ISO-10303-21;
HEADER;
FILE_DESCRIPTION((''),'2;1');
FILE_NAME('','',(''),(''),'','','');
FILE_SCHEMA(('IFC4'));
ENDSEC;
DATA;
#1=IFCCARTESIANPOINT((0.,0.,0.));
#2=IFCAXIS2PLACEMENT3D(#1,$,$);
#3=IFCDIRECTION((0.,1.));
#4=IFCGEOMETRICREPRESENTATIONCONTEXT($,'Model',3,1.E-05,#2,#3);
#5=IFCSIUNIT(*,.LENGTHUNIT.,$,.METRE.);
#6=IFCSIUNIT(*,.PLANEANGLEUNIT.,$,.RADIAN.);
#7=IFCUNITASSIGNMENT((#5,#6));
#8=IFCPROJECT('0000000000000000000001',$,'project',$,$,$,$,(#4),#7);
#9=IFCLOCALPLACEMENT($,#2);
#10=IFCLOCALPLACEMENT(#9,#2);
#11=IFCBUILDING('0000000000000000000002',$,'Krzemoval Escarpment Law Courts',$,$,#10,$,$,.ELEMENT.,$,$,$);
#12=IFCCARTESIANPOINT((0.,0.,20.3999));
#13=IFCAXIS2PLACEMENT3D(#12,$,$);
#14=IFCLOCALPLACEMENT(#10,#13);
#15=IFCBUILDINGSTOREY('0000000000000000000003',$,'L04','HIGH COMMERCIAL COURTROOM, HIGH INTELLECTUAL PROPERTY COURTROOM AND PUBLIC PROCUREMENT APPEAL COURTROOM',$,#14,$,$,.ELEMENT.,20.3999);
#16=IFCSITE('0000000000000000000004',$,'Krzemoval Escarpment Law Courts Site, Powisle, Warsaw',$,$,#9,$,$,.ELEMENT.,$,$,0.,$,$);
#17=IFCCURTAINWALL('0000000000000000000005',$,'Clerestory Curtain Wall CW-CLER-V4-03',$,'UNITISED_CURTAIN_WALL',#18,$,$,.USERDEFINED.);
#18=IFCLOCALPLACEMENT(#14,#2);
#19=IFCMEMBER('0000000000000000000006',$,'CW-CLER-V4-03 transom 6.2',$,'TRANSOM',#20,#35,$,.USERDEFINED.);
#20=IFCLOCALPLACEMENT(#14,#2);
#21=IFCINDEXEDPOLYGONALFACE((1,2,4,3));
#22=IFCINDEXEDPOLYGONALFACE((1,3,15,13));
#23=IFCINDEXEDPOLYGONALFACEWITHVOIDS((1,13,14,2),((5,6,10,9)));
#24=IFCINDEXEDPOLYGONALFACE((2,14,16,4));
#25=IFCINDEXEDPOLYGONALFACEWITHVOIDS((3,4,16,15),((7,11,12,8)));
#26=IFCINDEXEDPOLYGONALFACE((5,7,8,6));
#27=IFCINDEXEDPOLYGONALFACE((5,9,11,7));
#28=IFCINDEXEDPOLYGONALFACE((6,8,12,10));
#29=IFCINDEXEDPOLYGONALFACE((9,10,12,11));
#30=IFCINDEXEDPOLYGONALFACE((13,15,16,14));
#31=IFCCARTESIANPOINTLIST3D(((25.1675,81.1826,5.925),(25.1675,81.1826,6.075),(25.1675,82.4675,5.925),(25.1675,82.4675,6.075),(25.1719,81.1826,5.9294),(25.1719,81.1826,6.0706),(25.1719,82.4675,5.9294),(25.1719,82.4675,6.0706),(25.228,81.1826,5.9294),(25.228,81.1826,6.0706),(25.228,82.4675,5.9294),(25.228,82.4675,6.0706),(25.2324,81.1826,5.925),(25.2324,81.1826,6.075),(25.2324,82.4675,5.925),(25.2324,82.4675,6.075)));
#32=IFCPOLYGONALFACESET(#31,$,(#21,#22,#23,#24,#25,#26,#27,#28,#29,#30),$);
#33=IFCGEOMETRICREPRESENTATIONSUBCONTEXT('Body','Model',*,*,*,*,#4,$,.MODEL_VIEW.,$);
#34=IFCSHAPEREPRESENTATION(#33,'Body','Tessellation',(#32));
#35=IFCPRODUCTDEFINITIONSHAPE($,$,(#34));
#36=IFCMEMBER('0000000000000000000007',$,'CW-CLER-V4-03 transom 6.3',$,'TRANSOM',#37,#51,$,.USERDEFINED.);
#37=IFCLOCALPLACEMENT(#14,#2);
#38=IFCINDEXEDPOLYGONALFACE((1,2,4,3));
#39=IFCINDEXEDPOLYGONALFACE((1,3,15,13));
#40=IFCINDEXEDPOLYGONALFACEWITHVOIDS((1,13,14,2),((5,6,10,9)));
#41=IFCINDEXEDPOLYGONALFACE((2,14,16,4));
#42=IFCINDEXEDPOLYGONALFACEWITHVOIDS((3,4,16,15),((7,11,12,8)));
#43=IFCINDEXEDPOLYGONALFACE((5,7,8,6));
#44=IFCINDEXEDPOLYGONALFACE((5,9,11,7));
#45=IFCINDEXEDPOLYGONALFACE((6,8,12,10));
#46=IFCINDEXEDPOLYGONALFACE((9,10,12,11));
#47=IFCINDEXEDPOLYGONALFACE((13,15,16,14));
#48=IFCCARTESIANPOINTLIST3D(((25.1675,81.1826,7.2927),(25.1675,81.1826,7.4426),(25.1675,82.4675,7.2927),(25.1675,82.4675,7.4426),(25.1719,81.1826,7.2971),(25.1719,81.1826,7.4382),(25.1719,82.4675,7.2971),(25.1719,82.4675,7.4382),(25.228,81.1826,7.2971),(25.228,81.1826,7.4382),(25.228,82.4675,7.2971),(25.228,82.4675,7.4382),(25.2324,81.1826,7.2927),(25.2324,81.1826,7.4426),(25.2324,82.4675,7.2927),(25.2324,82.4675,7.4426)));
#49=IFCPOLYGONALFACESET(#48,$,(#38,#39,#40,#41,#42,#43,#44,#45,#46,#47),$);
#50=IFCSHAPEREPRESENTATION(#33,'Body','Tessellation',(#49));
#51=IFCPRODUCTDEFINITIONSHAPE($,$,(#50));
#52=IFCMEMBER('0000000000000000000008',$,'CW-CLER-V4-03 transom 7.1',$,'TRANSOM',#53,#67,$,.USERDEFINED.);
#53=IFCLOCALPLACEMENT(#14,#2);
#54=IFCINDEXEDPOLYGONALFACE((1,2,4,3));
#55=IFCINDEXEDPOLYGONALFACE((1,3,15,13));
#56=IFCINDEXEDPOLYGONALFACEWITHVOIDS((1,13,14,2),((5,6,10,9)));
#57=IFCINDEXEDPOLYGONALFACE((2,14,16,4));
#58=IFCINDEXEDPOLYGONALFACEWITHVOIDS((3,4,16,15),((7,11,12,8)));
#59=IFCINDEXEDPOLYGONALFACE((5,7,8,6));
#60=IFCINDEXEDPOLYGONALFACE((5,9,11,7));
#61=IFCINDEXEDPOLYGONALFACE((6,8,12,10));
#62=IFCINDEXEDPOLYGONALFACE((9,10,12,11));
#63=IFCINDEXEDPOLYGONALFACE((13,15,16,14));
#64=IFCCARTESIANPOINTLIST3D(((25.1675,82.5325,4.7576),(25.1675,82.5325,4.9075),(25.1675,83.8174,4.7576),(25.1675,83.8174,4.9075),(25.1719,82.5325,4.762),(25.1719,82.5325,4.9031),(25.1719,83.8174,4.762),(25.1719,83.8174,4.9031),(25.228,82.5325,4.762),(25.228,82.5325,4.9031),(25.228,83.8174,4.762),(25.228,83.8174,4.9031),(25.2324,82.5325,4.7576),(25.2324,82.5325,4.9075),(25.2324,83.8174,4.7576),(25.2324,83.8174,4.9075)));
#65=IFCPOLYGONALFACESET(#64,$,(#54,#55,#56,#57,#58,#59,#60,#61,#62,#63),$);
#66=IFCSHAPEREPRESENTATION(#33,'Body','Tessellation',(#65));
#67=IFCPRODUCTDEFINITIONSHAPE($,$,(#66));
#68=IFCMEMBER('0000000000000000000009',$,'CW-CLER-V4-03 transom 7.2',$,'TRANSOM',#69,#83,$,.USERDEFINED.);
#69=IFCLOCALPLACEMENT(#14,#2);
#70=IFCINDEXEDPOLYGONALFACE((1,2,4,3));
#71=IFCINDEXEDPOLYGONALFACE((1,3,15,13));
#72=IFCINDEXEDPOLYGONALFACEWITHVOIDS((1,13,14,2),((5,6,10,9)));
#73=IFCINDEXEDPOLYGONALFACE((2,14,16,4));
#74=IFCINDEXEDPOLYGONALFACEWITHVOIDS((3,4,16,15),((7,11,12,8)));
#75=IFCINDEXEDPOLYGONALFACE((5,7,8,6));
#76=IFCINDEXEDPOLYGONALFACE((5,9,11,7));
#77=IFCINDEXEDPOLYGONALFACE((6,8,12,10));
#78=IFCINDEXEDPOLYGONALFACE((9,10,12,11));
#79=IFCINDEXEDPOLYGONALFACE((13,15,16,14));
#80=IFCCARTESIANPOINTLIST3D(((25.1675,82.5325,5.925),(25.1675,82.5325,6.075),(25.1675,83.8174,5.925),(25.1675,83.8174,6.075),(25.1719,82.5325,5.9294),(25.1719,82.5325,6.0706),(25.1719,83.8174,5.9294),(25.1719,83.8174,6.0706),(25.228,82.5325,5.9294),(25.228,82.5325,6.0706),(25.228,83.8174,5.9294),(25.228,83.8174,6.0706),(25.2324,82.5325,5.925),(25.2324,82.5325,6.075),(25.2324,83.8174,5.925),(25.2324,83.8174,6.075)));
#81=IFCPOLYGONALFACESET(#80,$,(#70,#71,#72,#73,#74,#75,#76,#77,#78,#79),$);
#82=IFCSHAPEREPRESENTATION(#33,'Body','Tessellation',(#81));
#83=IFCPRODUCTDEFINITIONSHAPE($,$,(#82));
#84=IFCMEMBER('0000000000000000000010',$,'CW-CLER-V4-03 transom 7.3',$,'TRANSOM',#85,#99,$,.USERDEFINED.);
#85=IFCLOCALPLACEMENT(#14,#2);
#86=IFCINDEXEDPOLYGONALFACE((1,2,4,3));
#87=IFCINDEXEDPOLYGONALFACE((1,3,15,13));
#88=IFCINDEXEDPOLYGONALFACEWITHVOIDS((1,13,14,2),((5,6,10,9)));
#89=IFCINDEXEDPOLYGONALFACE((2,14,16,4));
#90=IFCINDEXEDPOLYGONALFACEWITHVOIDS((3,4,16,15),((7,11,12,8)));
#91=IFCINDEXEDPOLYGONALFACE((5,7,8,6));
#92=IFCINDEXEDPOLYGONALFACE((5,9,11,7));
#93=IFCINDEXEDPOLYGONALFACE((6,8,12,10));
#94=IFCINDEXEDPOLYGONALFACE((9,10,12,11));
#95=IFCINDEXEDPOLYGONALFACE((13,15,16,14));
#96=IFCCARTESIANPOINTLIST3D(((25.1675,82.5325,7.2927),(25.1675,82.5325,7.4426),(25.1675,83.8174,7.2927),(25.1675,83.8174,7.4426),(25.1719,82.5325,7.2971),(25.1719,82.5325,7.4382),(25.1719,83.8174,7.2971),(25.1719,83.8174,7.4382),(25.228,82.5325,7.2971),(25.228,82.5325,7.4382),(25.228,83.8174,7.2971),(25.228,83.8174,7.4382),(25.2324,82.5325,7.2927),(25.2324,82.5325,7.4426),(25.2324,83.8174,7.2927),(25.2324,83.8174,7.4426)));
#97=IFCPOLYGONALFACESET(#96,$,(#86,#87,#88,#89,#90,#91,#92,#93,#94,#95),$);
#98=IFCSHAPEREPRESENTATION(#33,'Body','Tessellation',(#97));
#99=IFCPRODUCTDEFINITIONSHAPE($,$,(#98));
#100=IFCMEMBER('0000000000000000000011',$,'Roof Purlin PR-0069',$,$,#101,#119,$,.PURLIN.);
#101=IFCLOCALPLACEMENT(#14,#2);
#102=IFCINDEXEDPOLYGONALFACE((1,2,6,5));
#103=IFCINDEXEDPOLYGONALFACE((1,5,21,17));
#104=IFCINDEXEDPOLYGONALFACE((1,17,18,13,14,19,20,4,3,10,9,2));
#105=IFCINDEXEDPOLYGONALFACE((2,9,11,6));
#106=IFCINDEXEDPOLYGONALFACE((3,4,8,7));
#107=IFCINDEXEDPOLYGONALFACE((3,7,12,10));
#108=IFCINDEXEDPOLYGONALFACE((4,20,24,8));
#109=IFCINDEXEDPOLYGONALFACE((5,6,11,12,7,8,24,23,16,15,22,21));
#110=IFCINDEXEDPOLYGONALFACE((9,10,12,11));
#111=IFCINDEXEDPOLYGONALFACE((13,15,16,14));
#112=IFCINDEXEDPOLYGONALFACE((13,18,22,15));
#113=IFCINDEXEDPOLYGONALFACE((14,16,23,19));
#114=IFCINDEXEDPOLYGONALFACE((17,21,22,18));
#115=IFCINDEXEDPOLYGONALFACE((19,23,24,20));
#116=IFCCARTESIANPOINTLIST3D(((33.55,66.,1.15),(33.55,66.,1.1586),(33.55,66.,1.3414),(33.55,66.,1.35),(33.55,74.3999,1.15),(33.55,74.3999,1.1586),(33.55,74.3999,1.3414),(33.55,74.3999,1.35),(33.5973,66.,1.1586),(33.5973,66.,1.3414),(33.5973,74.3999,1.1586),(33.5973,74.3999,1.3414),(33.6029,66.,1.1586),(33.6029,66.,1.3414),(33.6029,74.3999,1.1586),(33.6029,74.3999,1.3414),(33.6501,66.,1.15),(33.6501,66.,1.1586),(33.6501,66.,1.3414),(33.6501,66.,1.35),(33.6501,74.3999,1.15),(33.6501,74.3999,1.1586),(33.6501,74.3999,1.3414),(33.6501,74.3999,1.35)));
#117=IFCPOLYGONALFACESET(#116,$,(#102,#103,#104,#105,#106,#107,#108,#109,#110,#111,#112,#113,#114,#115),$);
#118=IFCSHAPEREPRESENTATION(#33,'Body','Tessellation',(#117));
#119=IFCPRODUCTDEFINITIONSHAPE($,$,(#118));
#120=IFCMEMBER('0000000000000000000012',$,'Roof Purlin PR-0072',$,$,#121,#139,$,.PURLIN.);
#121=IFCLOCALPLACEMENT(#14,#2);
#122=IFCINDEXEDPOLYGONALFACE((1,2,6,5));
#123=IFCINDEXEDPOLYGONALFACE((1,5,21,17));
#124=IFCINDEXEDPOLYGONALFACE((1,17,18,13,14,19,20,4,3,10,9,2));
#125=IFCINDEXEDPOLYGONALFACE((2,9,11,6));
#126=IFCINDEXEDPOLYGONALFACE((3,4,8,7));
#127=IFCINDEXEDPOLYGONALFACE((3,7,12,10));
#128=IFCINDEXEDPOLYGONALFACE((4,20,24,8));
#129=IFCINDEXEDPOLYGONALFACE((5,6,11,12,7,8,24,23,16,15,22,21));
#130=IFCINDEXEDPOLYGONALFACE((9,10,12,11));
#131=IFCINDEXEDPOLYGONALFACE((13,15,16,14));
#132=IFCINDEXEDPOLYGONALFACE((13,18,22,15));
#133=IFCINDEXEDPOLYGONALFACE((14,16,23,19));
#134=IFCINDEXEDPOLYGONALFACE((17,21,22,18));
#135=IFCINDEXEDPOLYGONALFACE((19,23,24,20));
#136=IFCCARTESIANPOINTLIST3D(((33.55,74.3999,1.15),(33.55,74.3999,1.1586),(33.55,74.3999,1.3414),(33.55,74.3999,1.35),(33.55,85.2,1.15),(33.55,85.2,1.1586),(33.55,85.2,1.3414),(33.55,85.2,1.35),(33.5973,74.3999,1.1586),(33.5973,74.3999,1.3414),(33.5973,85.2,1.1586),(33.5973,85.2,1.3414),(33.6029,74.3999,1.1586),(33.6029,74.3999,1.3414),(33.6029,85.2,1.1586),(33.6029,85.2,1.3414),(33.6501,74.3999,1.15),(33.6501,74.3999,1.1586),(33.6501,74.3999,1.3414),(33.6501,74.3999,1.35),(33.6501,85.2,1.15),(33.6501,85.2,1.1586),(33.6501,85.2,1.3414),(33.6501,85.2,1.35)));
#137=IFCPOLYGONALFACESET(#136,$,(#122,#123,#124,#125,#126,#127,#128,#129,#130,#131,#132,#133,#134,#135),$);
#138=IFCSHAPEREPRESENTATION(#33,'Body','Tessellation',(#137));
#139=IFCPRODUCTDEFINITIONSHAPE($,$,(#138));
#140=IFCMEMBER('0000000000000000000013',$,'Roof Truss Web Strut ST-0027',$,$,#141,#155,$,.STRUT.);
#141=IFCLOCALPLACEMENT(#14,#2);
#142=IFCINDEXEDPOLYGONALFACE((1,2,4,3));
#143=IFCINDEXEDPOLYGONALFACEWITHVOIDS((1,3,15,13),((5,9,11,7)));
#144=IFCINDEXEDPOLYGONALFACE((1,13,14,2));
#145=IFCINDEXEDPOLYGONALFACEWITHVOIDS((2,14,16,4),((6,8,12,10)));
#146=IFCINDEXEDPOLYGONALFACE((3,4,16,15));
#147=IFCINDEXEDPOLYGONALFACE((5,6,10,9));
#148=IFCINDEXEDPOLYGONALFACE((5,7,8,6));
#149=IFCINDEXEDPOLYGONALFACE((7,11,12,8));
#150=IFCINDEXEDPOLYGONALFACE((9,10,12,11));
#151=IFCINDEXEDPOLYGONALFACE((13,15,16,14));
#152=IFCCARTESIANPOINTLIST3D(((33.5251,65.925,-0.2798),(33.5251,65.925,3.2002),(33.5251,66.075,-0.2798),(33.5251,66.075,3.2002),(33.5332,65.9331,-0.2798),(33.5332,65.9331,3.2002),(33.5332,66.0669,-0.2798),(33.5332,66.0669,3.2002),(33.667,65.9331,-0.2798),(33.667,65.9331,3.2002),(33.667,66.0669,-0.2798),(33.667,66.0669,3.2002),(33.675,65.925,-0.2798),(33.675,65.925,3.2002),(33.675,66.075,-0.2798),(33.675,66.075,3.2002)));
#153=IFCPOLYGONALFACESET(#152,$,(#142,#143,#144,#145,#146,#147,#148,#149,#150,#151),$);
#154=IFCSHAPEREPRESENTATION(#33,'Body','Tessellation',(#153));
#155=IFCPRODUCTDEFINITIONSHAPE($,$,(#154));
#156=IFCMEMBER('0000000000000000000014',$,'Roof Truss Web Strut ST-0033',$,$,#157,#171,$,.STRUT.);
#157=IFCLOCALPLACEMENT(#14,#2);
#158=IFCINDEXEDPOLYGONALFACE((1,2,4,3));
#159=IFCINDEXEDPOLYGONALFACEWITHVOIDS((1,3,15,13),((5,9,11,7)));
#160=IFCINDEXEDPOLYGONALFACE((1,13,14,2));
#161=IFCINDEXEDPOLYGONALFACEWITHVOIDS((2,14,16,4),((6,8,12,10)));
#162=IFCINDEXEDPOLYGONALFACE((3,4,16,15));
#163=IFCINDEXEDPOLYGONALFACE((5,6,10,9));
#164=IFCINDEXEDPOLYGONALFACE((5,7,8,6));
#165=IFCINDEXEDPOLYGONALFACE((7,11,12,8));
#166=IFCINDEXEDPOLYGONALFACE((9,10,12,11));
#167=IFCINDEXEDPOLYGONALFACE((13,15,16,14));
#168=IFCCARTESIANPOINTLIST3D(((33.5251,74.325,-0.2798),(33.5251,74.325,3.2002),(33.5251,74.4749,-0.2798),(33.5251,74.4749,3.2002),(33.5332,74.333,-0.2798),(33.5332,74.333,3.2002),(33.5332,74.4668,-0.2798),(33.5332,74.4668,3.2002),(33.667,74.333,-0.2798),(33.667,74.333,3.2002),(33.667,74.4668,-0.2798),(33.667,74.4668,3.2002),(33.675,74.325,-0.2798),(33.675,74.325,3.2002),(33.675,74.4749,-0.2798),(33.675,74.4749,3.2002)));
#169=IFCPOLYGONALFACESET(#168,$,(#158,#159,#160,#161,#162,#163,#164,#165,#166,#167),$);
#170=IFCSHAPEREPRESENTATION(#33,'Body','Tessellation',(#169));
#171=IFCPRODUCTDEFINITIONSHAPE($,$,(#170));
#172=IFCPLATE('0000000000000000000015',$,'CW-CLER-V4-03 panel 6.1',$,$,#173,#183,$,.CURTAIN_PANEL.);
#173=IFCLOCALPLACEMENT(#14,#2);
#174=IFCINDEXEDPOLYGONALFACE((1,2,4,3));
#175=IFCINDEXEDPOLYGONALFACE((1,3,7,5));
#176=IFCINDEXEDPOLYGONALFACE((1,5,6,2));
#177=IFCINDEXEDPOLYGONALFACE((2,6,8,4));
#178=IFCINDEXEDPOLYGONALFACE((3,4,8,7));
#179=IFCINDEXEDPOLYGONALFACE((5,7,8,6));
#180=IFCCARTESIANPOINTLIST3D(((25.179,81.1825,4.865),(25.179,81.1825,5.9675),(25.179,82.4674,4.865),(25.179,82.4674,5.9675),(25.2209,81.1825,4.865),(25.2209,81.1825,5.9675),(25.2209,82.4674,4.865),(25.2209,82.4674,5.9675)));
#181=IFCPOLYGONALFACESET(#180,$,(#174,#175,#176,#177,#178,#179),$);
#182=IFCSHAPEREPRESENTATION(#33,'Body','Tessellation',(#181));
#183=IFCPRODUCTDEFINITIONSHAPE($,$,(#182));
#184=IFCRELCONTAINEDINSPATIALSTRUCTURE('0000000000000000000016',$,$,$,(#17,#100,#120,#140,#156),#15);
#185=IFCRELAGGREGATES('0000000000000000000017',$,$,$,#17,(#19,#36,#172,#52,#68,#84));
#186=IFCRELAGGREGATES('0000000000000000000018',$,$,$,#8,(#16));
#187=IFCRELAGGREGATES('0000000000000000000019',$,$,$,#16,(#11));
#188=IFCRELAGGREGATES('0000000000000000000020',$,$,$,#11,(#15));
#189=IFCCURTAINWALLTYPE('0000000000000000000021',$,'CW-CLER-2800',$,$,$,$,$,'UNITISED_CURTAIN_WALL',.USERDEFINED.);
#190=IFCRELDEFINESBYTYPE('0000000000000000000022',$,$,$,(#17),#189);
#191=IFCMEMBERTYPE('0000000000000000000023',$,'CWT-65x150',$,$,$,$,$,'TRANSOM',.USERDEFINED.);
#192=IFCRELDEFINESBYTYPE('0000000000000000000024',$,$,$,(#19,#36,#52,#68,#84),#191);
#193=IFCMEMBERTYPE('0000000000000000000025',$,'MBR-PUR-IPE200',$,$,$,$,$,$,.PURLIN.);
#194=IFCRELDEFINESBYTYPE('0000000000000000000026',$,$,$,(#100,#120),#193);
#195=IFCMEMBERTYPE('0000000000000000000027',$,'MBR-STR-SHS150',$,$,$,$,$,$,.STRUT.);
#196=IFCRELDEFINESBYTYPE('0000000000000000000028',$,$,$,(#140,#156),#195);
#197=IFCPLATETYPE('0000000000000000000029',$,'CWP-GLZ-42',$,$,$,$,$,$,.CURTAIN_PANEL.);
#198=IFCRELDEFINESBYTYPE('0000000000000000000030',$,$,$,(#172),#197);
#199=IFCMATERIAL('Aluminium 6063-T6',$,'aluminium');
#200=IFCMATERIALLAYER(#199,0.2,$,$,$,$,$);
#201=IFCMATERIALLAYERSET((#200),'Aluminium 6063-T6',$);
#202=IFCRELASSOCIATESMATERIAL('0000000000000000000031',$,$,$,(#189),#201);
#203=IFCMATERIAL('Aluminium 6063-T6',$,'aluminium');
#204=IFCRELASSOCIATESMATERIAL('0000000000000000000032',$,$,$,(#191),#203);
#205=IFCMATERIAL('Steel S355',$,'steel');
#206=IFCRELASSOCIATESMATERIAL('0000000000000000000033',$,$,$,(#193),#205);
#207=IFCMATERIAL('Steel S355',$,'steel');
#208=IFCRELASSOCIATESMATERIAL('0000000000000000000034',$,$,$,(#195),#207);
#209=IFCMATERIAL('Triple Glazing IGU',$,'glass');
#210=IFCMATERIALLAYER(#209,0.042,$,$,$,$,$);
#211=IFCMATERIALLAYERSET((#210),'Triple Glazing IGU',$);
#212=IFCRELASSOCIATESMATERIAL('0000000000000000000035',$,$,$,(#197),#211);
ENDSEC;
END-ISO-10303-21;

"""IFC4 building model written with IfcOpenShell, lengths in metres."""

from ifc_helpers import new_model, si_unit, direction, frame, origin, origin_2d, place, context, subcontext, project, spatial, rectangle, hollow_rectangle, i_section, extrude, material, layer, layer_set, material_profile, profile_set, type_object, element, aggregate, save


model = new_model("IFC4")

# Units and contexts
model_context = context("Model", 3, precision=1e-05, world=origin(), true_north=direction((0.0, 1.0)))
body_context = subcontext(model_context, "Body", "Model", "MODEL_VIEW")
ifc_project = project(units=[si_unit("LENGTHUNIT", "METRE"), si_unit("PLANEANGLEUNIT", "RADIAN")], contexts=[model_context])

# Site, building, storey
site_placement = place(None, origin())
site = spatial("IfcSite", under=ifc_project, at=site_placement, Name="Krzemoval Escarpment Law Courts Site, Powisle, Warsaw", CompositionType="ELEMENT", RefElevation=0.0)
building_placement = place(site_placement, origin())
building = spatial("IfcBuilding", under=site, at=building_placement, Name="Krzemoval Escarpment Law Courts", CompositionType="ELEMENT")
storey_placement = place(building_placement, frame((0.0, 0.0, 20.3999)))
storey = spatial("IfcBuildingStorey", under=building, at=storey_placement, Name="L04", Description="HIGH COMMERCIAL COURTROOM, HIGH INTELLECTUAL PROPERTY COURTROOM AND PUBLIC PROCUREMENT APPEAL COURTROOM", CompositionType="ELEMENT", Elevation=20.3999)

# Curtain wall, members
ifc_material_1 = material(Name="Aluminium 6063-T6", Category="aluminium")
ifc_layer_1 = layer(ifc_material_1, 0.2)
ifc_layer_set_1 = layer_set([ifc_layer_1], Name="Aluminium 6063-T6")
curtain_wall_type = type_object("IfcCurtainWallType", Name="CW-CLER-2800", ElementType="UNITISED_CURTAIN_WALL", PredefinedType="USERDEFINED", material=ifc_layer_set_1)
curtain_wall_placement = place(storey_placement, origin())
curtain_wall = element("IfcCurtainWall", 1, at=curtain_wall_placement, inside=storey, type_object=curtain_wall_type, Name="Clerestory Curtain Wall CW-CLER-V4-03", ObjectType="UNITISED_CURTAIN_WALL", PredefinedType="USERDEFINED")
ifc_material_2 = material(Name="Aluminium 6063-T6", Category="aluminium")
ifc_material_profile_1 = material_profile(ifc_material_2, hollow_rectangle(XDim=0.0649, YDim=0.1499, WallThickness=0.0044, at=origin_2d()), Name="ALU T65x150")
ifc_profile_set_1 = profile_set([ifc_material_profile_1], Name="Aluminium 6063-T6")
member_type_1 = type_object("IfcMemberType", Name="CWT-65x150", ElementType="TRANSOM", PredefinedType="USERDEFINED", material=ifc_profile_set_1)
member_1_placement = place(storey_placement, frame((25.2, 81.1826, 6.0), z_axis=(0.0, 1.0, 0.0), x_axis=(-1.0, 0.0, 0.0)))
member_1 = element("IfcMember", 2, at=member_1_placement, type_object=member_type_1, Name="CW-CLER-V4-03 transom 6.2", ObjectType="TRANSOM", PredefinedType="USERDEFINED", context=body_context, shape_type="SweptSolid", body=[
    extrude(hollow_rectangle(XDim=0.0649, YDim=0.1499, WallThickness=0.0044, at=origin_2d()), origin(), (0.0, 0.0, 1.0), 1.2849),
])
member_2_placement = place(storey_placement, frame((25.2, 81.1826, 7.3677), z_axis=(0.0, 1.0, 0.0), x_axis=(-1.0, 0.0, 0.0)))
member_2 = element("IfcMember", 3, at=member_2_placement, type_object=member_type_1, Name="CW-CLER-V4-03 transom 6.3", ObjectType="TRANSOM", PredefinedType="USERDEFINED", context=body_context, shape_type="SweptSolid", body=[
    extrude(hollow_rectangle(XDim=0.0649, YDim=0.1499, WallThickness=0.0044, at=origin_2d()), origin(), (0.0, 0.0, 1.0), 1.2849),
])
member_3_placement = place(storey_placement, frame((25.2, 82.5325, 4.8325), z_axis=(0.0, 1.0, 0.0), x_axis=(-1.0, 0.0, 0.0)))
member_3 = element("IfcMember", 4, at=member_3_placement, type_object=member_type_1, Name="CW-CLER-V4-03 transom 7.1", ObjectType="TRANSOM", PredefinedType="USERDEFINED", context=body_context, shape_type="SweptSolid", body=[
    extrude(hollow_rectangle(XDim=0.0649, YDim=0.1499, WallThickness=0.0044, at=origin_2d()), origin(), (0.0, 0.0, 1.0), 1.2849),
])
member_4_placement = place(storey_placement, frame((25.2, 82.5325, 6.0), z_axis=(0.0, 1.0, 0.0), x_axis=(-1.0, 0.0, 0.0)))
member_4 = element("IfcMember", 5, at=member_4_placement, type_object=member_type_1, Name="CW-CLER-V4-03 transom 7.2", ObjectType="TRANSOM", PredefinedType="USERDEFINED", context=body_context, shape_type="SweptSolid", body=[
    extrude(hollow_rectangle(XDim=0.0649, YDim=0.1499, WallThickness=0.0044, at=origin_2d()), origin(), (0.0, 0.0, 1.0), 1.2849),
])
member_5_placement = place(storey_placement, frame((25.2, 82.5325, 7.3677), z_axis=(0.0, 1.0, 0.0), x_axis=(-1.0, 0.0, 0.0)))
member_5 = element("IfcMember", 6, at=member_5_placement, type_object=member_type_1, Name="CW-CLER-V4-03 transom 7.3", ObjectType="TRANSOM", PredefinedType="USERDEFINED", context=body_context, shape_type="SweptSolid", body=[
    extrude(hollow_rectangle(XDim=0.0649, YDim=0.1499, WallThickness=0.0044, at=origin_2d()), origin(), (0.0, 0.0, 1.0), 1.2849),
])

# Members
ifc_material_3 = material(Name="Steel S355", Category="steel")
ifc_material_profile_2 = material_profile(ifc_material_3, i_section(OverallWidth=0.1001, OverallDepth=0.2, WebThickness=0.0056, FlangeThickness=0.0085, at=origin_2d()), Name="IPE 200")
ifc_profile_set_2 = profile_set([ifc_material_profile_2], Name="Steel S355")
member_type_2 = type_object("IfcMemberType", Name="MBR-PUR-IPE200", PredefinedType="PURLIN", material=ifc_profile_set_2)
member_6_placement = place(storey_placement, frame((33.6001, 66.0, 1.25), z_axis=(0.0, 1.0, 0.0), x_axis=(-1.0, 0.0, 0.0)))
element("IfcMember", 7, at=member_6_placement, inside=storey, type_object=member_type_2, Name="Roof Purlin PR-0069", PredefinedType="PURLIN", context=body_context, shape_type="SweptSolid", body=[
    extrude(i_section(OverallWidth=0.1001, OverallDepth=0.2, WebThickness=0.0056, FlangeThickness=0.0085, at=origin_2d()), origin(), (0.0, 0.0, 1.0), 8.3999),
])
member_7_placement = place(storey_placement, frame((33.6001, 74.3999, 1.25), z_axis=(0.0, 1.0, 0.0), x_axis=(-1.0, 0.0, 0.0)))
element("IfcMember", 8, at=member_7_placement, inside=storey, type_object=member_type_2, Name="Roof Purlin PR-0072", PredefinedType="PURLIN", context=body_context, shape_type="SweptSolid", body=[
    extrude(i_section(OverallWidth=0.1001, OverallDepth=0.2, WebThickness=0.0056, FlangeThickness=0.0085, at=origin_2d()), origin(), (0.0, 0.0, 1.0), 10.8),
])
ifc_material_4 = material(Name="Steel S355", Category="steel")
ifc_material_profile_3 = material_profile(ifc_material_4, hollow_rectangle(XDim=0.1499, YDim=0.1499, WallThickness=0.0081, at=origin_2d()), Name="SHS 150x150x8")
ifc_profile_set_3 = profile_set([ifc_material_profile_3], Name="Steel S355")
member_type_3 = type_object("IfcMemberType", Name="MBR-STR-SHS150", PredefinedType="STRUT", material=ifc_profile_set_3)
for number, where, z_axis, x_axis, name in (
    (9, (33.6001, 66.0, -0.2798), (0.0, 0.0, 1.0), (1.0, 0.0, 0.0), "Roof Truss Web Strut ST-0027"),
    (10, (33.6001, 74.3999, -0.2798), (0.0, 0.0, 1.0), (1.0, 0.0, 0.0), "Roof Truss Web Strut ST-0033"),
):
    element("IfcMember", number, at=place(storey_placement, frame(where, z_axis=z_axis, x_axis=x_axis)), inside=storey, type_object=member_type_3, Name=name, PredefinedType="STRUT", context=body_context, shape_type="SweptSolid", body=[
        extrude(hollow_rectangle(XDim=0.1499, YDim=0.1499, WallThickness=0.0081, at=origin_2d()), origin(), (0.0, 0.0, 1.0), 3.48),
    ])

# Plate
ifc_material_5 = material(Name="Triple Glazing IGU", Category="glass")
ifc_layer_2 = layer(ifc_material_5, 0.042)
ifc_layer_set_2 = layer_set([ifc_layer_2], Name="Triple Glazing IGU")
plate_type_1 = type_object("IfcPlateType", Name="CWP-GLZ-42", PredefinedType="CURTAIN_PANEL", material=ifc_layer_set_2)
plate_1_placement = place(storey_placement, frame((25.2, 81.825, 4.865), z_axis=(0.0, 0.0, 1.0), x_axis=(0.0, 1.0, 0.0)))
plate_1 = element("IfcPlate", 11, at=plate_1_placement, type_object=plate_type_1, Name="CW-CLER-V4-03 panel 6.1", PredefinedType="CURTAIN_PANEL", context=body_context, shape_type="SweptSolid", body=[
    extrude(rectangle(XDim=1.2849, YDim=0.042, at=origin_2d()), origin(), (0.0, 0.0, 1.0), 1.1025),
])
aggregate(curtain_wall, [member_1, member_2, plate_1, member_3, member_4, member_5])

save(model, "model.ifc")
